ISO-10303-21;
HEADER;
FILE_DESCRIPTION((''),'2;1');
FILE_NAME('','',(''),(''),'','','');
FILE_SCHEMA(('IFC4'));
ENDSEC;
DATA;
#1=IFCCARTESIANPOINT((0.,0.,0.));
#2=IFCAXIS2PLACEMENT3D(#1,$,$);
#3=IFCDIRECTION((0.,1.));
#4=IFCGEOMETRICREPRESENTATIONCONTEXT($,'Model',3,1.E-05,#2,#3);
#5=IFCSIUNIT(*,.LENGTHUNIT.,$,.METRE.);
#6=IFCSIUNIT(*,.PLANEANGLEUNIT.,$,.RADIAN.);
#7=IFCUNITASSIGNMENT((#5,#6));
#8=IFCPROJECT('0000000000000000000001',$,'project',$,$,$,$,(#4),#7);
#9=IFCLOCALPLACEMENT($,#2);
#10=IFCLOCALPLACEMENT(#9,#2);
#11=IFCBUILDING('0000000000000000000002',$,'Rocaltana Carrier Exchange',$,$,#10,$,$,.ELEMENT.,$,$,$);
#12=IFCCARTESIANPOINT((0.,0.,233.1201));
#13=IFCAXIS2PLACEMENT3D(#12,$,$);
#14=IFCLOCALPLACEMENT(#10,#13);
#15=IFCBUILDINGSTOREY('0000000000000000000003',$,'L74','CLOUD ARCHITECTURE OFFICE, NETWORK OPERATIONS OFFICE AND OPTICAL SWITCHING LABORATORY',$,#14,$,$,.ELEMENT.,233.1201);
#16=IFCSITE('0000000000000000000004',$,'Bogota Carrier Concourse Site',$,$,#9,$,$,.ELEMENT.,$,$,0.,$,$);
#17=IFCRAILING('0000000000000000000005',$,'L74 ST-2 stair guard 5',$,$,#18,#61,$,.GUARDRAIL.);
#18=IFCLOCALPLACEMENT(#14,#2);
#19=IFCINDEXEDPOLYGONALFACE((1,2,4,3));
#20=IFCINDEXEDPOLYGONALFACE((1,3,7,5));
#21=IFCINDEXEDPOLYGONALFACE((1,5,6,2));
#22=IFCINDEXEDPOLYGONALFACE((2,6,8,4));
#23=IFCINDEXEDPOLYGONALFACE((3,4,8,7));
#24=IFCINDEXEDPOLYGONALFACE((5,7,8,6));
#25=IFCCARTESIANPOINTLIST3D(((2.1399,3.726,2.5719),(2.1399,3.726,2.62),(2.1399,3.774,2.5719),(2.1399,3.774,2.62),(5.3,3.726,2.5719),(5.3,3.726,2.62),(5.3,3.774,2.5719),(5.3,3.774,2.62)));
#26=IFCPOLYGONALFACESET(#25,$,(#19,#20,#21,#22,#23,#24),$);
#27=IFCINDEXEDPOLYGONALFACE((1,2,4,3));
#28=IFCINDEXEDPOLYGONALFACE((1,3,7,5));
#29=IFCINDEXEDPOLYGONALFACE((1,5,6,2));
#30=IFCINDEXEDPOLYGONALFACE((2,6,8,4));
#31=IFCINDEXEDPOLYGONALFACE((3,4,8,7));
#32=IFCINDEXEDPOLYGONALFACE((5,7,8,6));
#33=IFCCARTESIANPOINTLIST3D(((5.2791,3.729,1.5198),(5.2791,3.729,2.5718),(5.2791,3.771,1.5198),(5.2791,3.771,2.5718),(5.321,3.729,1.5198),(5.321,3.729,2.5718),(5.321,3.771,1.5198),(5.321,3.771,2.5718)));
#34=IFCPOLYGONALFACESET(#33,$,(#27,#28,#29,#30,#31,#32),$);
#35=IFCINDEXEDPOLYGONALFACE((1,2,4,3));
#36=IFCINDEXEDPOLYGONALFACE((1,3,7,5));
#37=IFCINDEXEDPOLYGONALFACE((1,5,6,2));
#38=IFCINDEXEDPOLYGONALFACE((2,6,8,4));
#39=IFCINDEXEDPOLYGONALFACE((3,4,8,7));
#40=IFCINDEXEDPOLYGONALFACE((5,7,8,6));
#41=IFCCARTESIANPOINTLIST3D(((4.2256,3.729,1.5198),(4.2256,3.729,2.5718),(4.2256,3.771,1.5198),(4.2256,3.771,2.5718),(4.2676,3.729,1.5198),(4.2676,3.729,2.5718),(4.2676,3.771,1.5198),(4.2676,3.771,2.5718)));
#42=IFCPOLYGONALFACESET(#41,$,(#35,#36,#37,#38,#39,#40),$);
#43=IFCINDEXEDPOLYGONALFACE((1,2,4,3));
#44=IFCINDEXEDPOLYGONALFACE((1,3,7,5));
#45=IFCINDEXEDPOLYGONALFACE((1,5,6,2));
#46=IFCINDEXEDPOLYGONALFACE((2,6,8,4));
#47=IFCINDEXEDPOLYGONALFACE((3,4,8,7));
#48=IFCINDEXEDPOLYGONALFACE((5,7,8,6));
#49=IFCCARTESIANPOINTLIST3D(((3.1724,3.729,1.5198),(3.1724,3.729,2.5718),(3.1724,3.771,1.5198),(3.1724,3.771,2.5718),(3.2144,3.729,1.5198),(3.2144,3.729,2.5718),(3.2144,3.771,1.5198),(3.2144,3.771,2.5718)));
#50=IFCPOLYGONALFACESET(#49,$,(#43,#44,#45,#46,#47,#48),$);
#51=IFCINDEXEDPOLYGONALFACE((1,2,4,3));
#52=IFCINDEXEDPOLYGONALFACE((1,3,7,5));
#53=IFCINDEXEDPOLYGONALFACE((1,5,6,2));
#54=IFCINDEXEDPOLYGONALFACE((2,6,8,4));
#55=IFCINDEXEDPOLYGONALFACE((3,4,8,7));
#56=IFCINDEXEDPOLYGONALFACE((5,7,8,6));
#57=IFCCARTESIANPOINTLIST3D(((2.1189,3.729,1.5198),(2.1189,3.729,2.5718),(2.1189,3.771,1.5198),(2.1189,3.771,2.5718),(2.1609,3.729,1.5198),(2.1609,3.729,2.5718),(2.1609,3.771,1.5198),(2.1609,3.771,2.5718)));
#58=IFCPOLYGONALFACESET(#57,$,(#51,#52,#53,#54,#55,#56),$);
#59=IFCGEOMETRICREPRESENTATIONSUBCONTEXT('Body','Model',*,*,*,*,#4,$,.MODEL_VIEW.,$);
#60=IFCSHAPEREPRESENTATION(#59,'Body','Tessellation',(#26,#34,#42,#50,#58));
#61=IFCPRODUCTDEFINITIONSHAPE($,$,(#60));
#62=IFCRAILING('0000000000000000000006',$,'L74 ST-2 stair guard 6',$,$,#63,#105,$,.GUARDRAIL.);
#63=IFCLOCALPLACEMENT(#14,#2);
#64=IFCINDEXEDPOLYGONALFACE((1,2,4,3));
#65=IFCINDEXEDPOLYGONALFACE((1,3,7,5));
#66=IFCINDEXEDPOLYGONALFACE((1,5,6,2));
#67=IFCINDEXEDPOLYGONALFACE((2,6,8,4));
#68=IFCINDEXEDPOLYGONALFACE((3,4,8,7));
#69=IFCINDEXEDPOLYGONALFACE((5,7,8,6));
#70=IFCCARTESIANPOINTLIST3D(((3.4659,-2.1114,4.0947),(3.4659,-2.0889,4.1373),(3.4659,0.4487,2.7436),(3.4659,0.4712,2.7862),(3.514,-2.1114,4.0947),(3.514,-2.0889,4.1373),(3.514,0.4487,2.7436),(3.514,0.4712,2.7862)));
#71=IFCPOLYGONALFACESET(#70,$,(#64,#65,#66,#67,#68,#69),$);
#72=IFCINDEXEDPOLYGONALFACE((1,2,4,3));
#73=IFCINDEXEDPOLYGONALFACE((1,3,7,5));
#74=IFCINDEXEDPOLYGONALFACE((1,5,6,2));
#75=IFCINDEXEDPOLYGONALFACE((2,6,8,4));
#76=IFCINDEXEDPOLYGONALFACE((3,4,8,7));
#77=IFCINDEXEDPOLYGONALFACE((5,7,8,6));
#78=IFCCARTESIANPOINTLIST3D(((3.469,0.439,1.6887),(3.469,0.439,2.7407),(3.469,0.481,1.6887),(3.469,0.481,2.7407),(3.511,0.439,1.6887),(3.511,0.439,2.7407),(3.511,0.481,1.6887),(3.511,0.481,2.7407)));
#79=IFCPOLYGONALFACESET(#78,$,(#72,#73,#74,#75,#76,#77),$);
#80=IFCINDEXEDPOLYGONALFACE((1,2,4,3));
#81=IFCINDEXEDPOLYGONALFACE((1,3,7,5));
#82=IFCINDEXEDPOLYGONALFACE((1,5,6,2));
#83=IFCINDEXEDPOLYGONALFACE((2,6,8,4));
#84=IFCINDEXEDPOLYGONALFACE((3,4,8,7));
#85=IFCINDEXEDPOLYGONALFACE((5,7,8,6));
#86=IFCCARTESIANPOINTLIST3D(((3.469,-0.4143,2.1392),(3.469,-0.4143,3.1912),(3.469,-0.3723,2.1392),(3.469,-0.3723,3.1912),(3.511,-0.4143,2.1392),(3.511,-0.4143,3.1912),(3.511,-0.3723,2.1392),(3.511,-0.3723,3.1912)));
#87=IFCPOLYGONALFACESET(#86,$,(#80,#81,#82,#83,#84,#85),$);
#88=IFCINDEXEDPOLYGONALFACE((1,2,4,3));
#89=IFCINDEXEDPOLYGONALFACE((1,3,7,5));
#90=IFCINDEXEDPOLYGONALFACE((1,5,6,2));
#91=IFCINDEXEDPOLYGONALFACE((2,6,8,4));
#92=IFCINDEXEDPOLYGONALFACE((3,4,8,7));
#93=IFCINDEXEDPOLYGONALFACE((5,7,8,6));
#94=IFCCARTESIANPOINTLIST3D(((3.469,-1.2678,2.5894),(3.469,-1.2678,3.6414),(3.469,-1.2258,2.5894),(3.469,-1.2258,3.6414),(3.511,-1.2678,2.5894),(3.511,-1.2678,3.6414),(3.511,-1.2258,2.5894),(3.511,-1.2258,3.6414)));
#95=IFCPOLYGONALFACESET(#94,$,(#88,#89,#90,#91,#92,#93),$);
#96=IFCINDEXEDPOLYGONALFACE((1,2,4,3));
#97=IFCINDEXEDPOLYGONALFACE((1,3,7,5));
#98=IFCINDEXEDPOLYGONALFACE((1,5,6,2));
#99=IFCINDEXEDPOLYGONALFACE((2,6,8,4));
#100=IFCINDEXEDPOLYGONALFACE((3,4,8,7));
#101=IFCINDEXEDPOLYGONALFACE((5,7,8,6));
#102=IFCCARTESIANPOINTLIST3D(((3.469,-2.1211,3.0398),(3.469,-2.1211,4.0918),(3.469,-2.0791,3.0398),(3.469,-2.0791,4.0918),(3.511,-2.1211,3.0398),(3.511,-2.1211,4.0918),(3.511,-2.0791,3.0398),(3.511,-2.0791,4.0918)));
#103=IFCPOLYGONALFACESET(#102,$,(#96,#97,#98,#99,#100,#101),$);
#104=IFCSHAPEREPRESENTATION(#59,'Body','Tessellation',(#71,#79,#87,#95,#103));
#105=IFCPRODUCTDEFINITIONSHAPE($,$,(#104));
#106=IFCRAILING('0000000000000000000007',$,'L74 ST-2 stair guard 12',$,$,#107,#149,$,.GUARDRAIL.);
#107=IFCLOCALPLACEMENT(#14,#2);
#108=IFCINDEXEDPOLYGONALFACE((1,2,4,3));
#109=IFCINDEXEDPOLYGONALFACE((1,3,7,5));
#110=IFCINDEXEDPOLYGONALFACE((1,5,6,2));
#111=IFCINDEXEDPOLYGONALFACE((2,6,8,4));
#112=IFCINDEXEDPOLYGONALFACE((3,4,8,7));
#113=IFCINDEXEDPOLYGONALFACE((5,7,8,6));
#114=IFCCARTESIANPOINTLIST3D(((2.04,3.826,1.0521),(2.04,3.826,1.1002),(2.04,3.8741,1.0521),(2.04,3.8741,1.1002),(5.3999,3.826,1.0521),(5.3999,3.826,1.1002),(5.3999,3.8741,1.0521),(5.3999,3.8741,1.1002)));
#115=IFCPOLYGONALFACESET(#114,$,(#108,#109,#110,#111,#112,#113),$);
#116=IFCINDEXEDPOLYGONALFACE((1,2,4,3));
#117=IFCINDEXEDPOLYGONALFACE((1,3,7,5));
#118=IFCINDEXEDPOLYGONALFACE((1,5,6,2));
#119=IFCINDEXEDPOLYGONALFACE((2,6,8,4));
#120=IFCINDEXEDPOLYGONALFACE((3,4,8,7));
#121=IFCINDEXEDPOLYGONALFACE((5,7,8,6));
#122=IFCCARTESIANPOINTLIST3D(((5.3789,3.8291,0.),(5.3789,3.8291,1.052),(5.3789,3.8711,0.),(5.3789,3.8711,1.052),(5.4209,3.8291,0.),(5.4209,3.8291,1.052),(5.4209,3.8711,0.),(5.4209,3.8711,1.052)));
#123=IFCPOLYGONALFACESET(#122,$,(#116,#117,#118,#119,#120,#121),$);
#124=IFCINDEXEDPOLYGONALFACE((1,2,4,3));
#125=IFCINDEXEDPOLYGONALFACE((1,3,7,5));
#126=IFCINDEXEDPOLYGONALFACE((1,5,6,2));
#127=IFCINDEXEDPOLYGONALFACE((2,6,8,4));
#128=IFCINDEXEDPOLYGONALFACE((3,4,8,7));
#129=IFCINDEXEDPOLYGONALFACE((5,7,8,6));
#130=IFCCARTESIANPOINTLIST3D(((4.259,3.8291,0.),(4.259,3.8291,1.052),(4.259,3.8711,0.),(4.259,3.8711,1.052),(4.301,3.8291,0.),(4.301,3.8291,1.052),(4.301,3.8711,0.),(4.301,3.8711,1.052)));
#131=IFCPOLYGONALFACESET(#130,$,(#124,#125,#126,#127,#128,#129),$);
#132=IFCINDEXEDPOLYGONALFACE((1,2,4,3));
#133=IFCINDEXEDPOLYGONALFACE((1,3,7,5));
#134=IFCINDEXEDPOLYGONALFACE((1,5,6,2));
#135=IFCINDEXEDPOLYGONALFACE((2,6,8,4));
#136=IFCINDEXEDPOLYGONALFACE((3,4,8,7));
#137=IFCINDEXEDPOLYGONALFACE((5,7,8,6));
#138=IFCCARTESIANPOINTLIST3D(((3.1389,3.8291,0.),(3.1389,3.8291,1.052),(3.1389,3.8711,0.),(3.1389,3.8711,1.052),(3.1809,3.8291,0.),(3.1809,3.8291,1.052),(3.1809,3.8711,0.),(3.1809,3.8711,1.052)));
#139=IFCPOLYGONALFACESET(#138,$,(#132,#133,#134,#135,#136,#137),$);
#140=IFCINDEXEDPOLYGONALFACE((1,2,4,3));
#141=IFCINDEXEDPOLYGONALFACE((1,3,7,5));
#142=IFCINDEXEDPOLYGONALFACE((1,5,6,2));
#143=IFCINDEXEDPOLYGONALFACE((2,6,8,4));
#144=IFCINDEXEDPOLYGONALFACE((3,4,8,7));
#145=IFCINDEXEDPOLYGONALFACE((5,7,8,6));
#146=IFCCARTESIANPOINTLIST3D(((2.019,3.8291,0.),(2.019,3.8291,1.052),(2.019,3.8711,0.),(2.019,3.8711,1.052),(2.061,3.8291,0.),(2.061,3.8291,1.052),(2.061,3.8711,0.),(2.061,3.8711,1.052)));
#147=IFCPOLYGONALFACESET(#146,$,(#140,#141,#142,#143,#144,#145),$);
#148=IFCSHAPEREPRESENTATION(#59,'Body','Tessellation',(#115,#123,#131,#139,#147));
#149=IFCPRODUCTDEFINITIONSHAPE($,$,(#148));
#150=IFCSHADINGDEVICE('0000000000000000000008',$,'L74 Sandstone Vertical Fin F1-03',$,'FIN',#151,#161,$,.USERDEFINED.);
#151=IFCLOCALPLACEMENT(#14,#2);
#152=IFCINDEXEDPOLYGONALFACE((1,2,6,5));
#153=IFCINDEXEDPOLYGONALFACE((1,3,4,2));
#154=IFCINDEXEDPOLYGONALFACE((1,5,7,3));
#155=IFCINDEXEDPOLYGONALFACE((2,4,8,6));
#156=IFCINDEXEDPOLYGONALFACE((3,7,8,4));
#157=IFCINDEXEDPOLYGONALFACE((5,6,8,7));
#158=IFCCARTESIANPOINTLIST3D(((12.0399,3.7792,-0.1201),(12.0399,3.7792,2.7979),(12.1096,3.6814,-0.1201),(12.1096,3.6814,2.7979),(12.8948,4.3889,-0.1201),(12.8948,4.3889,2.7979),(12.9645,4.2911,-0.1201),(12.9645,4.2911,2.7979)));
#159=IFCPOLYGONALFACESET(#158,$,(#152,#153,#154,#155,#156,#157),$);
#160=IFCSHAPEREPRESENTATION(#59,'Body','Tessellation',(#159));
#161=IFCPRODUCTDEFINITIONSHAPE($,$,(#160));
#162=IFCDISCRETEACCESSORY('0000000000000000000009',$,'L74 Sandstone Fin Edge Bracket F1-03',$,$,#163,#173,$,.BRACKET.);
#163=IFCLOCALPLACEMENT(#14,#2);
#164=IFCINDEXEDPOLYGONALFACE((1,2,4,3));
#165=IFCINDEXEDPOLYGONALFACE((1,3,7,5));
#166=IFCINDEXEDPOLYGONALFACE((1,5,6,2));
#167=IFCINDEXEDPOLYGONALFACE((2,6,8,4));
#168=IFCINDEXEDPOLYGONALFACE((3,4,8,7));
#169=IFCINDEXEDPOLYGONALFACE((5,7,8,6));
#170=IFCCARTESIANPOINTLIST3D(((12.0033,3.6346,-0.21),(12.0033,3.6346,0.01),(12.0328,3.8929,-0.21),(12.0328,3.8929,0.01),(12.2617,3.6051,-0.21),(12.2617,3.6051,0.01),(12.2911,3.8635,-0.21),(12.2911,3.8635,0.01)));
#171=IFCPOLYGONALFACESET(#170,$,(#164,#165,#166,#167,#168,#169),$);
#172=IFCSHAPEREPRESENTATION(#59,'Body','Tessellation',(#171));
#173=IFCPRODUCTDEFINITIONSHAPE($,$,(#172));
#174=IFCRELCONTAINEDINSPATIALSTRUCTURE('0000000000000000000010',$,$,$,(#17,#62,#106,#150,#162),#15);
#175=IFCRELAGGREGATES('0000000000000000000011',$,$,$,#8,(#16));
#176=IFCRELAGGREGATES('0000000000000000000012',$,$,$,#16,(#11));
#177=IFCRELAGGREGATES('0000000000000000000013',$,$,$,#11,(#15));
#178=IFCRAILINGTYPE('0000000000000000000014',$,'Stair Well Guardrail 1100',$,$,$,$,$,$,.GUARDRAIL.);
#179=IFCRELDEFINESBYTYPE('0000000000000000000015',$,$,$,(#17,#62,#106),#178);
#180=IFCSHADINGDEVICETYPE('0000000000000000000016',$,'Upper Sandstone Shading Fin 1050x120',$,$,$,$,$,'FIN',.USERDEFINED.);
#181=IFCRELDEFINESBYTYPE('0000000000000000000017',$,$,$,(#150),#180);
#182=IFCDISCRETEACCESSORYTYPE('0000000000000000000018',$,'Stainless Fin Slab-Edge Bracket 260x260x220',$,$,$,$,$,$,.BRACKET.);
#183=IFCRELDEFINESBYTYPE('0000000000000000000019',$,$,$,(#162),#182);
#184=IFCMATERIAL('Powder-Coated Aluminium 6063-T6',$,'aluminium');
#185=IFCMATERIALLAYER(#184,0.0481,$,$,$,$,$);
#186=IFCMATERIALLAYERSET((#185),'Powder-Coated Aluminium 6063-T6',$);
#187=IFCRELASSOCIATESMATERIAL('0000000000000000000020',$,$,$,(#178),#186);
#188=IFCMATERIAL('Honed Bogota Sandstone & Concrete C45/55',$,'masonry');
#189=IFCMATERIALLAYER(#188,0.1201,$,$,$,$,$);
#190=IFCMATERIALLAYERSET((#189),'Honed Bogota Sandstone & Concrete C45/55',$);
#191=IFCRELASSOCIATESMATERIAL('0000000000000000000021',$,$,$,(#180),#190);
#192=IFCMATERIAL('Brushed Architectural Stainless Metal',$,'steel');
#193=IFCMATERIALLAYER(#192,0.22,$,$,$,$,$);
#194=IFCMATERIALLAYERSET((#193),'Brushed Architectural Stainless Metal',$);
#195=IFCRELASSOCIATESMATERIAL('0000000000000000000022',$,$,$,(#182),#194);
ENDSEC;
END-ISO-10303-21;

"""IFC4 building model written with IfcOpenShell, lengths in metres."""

from ifc_helpers import new_model, si_unit, direction, frame, origin, origin_2d, place, context, subcontext, project, spatial, rectangle, extrude, material, layer, layer_set, type_object, element, save


model = new_model("IFC4")

# Units and contexts
model_context = context("Model", 3, precision=1e-05, world=origin(), true_north=direction((0.0, 1.0)))
body_context = subcontext(model_context, "Body", "Model", "MODEL_VIEW")
ifc_project = project(units=[si_unit("LENGTHUNIT", "METRE"), si_unit("PLANEANGLEUNIT", "RADIAN")], contexts=[model_context])

# Site, building, storey
site_placement = place(None, origin())
site = spatial("IfcSite", under=ifc_project, at=site_placement, Name="Bogota Carrier Concourse Site", CompositionType="ELEMENT", RefElevation=0.0)
building_placement = place(site_placement, origin())
building = spatial("IfcBuilding", under=site, at=building_placement, Name="Rocaltana Carrier Exchange", CompositionType="ELEMENT")
storey_placement = place(building_placement, frame((0.0, 0.0, 233.1201)))
storey = spatial("IfcBuildingStorey", under=building, at=storey_placement, Name="L74", Description="CLOUD ARCHITECTURE OFFICE, NETWORK OPERATIONS OFFICE AND OPTICAL SWITCHING LABORATORY", CompositionType="ELEMENT", Elevation=233.1201)

# Railings
ifc_material_1 = material(Name="Powder-Coated Aluminium 6063-T6", Category="aluminium")
ifc_layer_1 = layer(ifc_material_1, 0.0481)
ifc_layer_set_1 = layer_set([ifc_layer_1], Name="Powder-Coated Aluminium 6063-T6")
railing_type_1 = type_object("IfcRailingType", Name="Stair Well Guardrail 1100", PredefinedType="GUARDRAIL", material=ifc_layer_set_1)
railing_1_placement = place(storey_placement, frame((5.3, 3.75, 1.5198)))
element("IfcRailing", 1, at=railing_1_placement, inside=storey, type_object=railing_type_1, Name="L74 ST-2 stair guard 5", PredefinedType="GUARDRAIL", context=body_context, shape_type="SweptSolid", body=[
    extrude(rectangle(XDim=0.0481, YDim=0.0481, at=origin_2d()), frame((0.0, 0.0, 1.0762), z_axis=(-1.0, 0.0, 0.0), x_axis=(0.0, -1.0, 0.0)), (0.0, 0.0, 1.0), 3.1602),
    extrude(rectangle(XDim=0.042, YDim=0.042, at=origin_2d()), origin(), (0.0, 0.0, 1.0), 1.052),
    extrude(rectangle(XDim=0.042, YDim=0.042, at=origin_2d()), frame((-1.0535, 0.0, 0.0)), (0.0, 0.0, 1.0), 1.052),
    extrude(rectangle(XDim=0.042, YDim=0.042, at=origin_2d()), frame((-2.1067, 0.0, 0.0)), (0.0, 0.0, 1.0), 1.052),
    extrude(rectangle(XDim=0.042, YDim=0.042, at=origin_2d()), frame((-3.1602, 0.0, 0.0)), (0.0, 0.0, 1.0), 1.052),
])
railing_2_placement = place(storey_placement, frame((3.49, 0.46, 1.6887)))
element("IfcRailing", 2, at=railing_2_placement, inside=storey, type_object=railing_type_1, Name="L74 ST-2 stair guard 6", PredefinedType="GUARDRAIL", context=body_context, shape_type="SweptSolid", body=[
    extrude(rectangle(XDim=0.0481, YDim=0.0481, at=origin_2d()), frame((0.0, 0.0, 1.0762), z_axis=(0.0, -0.884394, 0.46674), x_axis=(1.0, 0.0, 0.0)), (0.0, 0.0, 1.0), 2.8948),
    extrude(rectangle(XDim=0.042, YDim=0.042, at=origin_2d()), origin(), (0.0, 0.0, 1.0), 1.052),
    extrude(rectangle(XDim=0.042, YDim=0.042, at=origin_2d()), frame((0.0, -0.8533, 0.4504)), (0.0, 0.0, 1.0), 1.052),
    extrude(rectangle(XDim=0.042, YDim=0.042, at=origin_2d()), frame((0.0, -1.7068, 0.9006)), (0.0, 0.0, 1.0), 1.052),
    extrude(rectangle(XDim=0.042, YDim=0.042, at=origin_2d()), frame((0.0, -2.5601, 1.3511)), (0.0, 0.0, 1.0), 1.052),
])
railing_3_placement = place(storey_placement, frame((5.3999, 3.8501, 0.0)))
element("IfcRailing", 3, at=railing_3_placement, inside=storey, type_object=railing_type_1, Name="L74 ST-2 stair guard 12", PredefinedType="GUARDRAIL", context=body_context, shape_type="SweptSolid", body=[
    extrude(rectangle(XDim=0.0481, YDim=0.0481, at=origin_2d()), frame((0.0, 0.0, 1.0762), z_axis=(-1.0, 0.0, 0.0), x_axis=(0.0, -1.0, 0.0)), (0.0, 0.0, 1.0), 3.3599),
    extrude(rectangle(XDim=0.042, YDim=0.042, at=origin_2d()), origin(), (0.0, 0.0, 1.0), 1.052),
    extrude(rectangle(XDim=0.042, YDim=0.042, at=origin_2d()), frame((-1.1199, 0.0, 0.0)), (0.0, 0.0, 1.0), 1.052),
    extrude(rectangle(XDim=0.042, YDim=0.042, at=origin_2d()), frame((-2.24, 0.0, 0.0)), (0.0, 0.0, 1.0), 1.052),
    extrude(rectangle(XDim=0.042, YDim=0.042, at=origin_2d()), frame((-3.3599, 0.0, 0.0)), (0.0, 0.0, 1.0), 1.052),
])

# Shading device
ifc_material_2 = material(Name="Honed Bogota Sandstone & Concrete C45/55", Category="masonry")
ifc_layer_2 = layer(ifc_material_2, 0.1201)
ifc_layer_set_2 = layer_set([ifc_layer_2], Name="Honed Bogota Sandstone & Concrete C45/55")
shading_device_type = type_object("IfcShadingDeviceType", Name="Upper Sandstone Shading Fin 1050x120", ElementType="FIN", PredefinedType="USERDEFINED", material=ifc_layer_set_2)
shading_device_placement = place(storey_placement, frame((12.5022, 4.0352, -0.1201), z_axis=(0.0, 0.0, 1.0), x_axis=(0.814116, 0.580703, 0.0)))
element("IfcShadingDevice", 4, at=shading_device_placement, inside=storey, type_object=shading_device_type, Name="L74 Sandstone Vertical Fin F1-03", ObjectType="FIN", PredefinedType="USERDEFINED", context=body_context, shape_type="SweptSolid", body=[
    extrude(rectangle(XDim=1.05, YDim=0.1201, at=origin_2d()), origin(), (0.0, 0.0, 1.0), 2.918),
])

# Discrete accessory
ifc_material_3 = material(Name="Brushed Architectural Stainless Metal", Category="steel")
ifc_layer_3 = layer(ifc_material_3, 0.22)
ifc_layer_set_3 = layer_set([ifc_layer_3], Name="Brushed Architectural Stainless Metal")
discrete_accessory_type = type_object("IfcDiscreteAccessoryType", Name="Stainless Fin Slab-Edge Bracket 260x260x220", PredefinedType="BRACKET", material=ifc_layer_set_3)
discrete_accessory_placement = place(storey_placement, frame((12.1472, 3.749, -0.21), z_axis=(0.0, 0.0, 1.0), x_axis=(0.113203, 0.993572, 0.0)))
element("IfcDiscreteAccessory", 5, at=discrete_accessory_placement, inside=storey, type_object=discrete_accessory_type, Name="L74 Sandstone Fin Edge Bracket F1-03", PredefinedType="BRACKET", context=body_context, shape_type="SweptSolid", body=[
    extrude(rectangle(XDim=0.26, YDim=0.26, at=origin_2d()), origin(), (0.0, 0.0, 1.0), 0.22),
])

save(model, "model.ifc")
